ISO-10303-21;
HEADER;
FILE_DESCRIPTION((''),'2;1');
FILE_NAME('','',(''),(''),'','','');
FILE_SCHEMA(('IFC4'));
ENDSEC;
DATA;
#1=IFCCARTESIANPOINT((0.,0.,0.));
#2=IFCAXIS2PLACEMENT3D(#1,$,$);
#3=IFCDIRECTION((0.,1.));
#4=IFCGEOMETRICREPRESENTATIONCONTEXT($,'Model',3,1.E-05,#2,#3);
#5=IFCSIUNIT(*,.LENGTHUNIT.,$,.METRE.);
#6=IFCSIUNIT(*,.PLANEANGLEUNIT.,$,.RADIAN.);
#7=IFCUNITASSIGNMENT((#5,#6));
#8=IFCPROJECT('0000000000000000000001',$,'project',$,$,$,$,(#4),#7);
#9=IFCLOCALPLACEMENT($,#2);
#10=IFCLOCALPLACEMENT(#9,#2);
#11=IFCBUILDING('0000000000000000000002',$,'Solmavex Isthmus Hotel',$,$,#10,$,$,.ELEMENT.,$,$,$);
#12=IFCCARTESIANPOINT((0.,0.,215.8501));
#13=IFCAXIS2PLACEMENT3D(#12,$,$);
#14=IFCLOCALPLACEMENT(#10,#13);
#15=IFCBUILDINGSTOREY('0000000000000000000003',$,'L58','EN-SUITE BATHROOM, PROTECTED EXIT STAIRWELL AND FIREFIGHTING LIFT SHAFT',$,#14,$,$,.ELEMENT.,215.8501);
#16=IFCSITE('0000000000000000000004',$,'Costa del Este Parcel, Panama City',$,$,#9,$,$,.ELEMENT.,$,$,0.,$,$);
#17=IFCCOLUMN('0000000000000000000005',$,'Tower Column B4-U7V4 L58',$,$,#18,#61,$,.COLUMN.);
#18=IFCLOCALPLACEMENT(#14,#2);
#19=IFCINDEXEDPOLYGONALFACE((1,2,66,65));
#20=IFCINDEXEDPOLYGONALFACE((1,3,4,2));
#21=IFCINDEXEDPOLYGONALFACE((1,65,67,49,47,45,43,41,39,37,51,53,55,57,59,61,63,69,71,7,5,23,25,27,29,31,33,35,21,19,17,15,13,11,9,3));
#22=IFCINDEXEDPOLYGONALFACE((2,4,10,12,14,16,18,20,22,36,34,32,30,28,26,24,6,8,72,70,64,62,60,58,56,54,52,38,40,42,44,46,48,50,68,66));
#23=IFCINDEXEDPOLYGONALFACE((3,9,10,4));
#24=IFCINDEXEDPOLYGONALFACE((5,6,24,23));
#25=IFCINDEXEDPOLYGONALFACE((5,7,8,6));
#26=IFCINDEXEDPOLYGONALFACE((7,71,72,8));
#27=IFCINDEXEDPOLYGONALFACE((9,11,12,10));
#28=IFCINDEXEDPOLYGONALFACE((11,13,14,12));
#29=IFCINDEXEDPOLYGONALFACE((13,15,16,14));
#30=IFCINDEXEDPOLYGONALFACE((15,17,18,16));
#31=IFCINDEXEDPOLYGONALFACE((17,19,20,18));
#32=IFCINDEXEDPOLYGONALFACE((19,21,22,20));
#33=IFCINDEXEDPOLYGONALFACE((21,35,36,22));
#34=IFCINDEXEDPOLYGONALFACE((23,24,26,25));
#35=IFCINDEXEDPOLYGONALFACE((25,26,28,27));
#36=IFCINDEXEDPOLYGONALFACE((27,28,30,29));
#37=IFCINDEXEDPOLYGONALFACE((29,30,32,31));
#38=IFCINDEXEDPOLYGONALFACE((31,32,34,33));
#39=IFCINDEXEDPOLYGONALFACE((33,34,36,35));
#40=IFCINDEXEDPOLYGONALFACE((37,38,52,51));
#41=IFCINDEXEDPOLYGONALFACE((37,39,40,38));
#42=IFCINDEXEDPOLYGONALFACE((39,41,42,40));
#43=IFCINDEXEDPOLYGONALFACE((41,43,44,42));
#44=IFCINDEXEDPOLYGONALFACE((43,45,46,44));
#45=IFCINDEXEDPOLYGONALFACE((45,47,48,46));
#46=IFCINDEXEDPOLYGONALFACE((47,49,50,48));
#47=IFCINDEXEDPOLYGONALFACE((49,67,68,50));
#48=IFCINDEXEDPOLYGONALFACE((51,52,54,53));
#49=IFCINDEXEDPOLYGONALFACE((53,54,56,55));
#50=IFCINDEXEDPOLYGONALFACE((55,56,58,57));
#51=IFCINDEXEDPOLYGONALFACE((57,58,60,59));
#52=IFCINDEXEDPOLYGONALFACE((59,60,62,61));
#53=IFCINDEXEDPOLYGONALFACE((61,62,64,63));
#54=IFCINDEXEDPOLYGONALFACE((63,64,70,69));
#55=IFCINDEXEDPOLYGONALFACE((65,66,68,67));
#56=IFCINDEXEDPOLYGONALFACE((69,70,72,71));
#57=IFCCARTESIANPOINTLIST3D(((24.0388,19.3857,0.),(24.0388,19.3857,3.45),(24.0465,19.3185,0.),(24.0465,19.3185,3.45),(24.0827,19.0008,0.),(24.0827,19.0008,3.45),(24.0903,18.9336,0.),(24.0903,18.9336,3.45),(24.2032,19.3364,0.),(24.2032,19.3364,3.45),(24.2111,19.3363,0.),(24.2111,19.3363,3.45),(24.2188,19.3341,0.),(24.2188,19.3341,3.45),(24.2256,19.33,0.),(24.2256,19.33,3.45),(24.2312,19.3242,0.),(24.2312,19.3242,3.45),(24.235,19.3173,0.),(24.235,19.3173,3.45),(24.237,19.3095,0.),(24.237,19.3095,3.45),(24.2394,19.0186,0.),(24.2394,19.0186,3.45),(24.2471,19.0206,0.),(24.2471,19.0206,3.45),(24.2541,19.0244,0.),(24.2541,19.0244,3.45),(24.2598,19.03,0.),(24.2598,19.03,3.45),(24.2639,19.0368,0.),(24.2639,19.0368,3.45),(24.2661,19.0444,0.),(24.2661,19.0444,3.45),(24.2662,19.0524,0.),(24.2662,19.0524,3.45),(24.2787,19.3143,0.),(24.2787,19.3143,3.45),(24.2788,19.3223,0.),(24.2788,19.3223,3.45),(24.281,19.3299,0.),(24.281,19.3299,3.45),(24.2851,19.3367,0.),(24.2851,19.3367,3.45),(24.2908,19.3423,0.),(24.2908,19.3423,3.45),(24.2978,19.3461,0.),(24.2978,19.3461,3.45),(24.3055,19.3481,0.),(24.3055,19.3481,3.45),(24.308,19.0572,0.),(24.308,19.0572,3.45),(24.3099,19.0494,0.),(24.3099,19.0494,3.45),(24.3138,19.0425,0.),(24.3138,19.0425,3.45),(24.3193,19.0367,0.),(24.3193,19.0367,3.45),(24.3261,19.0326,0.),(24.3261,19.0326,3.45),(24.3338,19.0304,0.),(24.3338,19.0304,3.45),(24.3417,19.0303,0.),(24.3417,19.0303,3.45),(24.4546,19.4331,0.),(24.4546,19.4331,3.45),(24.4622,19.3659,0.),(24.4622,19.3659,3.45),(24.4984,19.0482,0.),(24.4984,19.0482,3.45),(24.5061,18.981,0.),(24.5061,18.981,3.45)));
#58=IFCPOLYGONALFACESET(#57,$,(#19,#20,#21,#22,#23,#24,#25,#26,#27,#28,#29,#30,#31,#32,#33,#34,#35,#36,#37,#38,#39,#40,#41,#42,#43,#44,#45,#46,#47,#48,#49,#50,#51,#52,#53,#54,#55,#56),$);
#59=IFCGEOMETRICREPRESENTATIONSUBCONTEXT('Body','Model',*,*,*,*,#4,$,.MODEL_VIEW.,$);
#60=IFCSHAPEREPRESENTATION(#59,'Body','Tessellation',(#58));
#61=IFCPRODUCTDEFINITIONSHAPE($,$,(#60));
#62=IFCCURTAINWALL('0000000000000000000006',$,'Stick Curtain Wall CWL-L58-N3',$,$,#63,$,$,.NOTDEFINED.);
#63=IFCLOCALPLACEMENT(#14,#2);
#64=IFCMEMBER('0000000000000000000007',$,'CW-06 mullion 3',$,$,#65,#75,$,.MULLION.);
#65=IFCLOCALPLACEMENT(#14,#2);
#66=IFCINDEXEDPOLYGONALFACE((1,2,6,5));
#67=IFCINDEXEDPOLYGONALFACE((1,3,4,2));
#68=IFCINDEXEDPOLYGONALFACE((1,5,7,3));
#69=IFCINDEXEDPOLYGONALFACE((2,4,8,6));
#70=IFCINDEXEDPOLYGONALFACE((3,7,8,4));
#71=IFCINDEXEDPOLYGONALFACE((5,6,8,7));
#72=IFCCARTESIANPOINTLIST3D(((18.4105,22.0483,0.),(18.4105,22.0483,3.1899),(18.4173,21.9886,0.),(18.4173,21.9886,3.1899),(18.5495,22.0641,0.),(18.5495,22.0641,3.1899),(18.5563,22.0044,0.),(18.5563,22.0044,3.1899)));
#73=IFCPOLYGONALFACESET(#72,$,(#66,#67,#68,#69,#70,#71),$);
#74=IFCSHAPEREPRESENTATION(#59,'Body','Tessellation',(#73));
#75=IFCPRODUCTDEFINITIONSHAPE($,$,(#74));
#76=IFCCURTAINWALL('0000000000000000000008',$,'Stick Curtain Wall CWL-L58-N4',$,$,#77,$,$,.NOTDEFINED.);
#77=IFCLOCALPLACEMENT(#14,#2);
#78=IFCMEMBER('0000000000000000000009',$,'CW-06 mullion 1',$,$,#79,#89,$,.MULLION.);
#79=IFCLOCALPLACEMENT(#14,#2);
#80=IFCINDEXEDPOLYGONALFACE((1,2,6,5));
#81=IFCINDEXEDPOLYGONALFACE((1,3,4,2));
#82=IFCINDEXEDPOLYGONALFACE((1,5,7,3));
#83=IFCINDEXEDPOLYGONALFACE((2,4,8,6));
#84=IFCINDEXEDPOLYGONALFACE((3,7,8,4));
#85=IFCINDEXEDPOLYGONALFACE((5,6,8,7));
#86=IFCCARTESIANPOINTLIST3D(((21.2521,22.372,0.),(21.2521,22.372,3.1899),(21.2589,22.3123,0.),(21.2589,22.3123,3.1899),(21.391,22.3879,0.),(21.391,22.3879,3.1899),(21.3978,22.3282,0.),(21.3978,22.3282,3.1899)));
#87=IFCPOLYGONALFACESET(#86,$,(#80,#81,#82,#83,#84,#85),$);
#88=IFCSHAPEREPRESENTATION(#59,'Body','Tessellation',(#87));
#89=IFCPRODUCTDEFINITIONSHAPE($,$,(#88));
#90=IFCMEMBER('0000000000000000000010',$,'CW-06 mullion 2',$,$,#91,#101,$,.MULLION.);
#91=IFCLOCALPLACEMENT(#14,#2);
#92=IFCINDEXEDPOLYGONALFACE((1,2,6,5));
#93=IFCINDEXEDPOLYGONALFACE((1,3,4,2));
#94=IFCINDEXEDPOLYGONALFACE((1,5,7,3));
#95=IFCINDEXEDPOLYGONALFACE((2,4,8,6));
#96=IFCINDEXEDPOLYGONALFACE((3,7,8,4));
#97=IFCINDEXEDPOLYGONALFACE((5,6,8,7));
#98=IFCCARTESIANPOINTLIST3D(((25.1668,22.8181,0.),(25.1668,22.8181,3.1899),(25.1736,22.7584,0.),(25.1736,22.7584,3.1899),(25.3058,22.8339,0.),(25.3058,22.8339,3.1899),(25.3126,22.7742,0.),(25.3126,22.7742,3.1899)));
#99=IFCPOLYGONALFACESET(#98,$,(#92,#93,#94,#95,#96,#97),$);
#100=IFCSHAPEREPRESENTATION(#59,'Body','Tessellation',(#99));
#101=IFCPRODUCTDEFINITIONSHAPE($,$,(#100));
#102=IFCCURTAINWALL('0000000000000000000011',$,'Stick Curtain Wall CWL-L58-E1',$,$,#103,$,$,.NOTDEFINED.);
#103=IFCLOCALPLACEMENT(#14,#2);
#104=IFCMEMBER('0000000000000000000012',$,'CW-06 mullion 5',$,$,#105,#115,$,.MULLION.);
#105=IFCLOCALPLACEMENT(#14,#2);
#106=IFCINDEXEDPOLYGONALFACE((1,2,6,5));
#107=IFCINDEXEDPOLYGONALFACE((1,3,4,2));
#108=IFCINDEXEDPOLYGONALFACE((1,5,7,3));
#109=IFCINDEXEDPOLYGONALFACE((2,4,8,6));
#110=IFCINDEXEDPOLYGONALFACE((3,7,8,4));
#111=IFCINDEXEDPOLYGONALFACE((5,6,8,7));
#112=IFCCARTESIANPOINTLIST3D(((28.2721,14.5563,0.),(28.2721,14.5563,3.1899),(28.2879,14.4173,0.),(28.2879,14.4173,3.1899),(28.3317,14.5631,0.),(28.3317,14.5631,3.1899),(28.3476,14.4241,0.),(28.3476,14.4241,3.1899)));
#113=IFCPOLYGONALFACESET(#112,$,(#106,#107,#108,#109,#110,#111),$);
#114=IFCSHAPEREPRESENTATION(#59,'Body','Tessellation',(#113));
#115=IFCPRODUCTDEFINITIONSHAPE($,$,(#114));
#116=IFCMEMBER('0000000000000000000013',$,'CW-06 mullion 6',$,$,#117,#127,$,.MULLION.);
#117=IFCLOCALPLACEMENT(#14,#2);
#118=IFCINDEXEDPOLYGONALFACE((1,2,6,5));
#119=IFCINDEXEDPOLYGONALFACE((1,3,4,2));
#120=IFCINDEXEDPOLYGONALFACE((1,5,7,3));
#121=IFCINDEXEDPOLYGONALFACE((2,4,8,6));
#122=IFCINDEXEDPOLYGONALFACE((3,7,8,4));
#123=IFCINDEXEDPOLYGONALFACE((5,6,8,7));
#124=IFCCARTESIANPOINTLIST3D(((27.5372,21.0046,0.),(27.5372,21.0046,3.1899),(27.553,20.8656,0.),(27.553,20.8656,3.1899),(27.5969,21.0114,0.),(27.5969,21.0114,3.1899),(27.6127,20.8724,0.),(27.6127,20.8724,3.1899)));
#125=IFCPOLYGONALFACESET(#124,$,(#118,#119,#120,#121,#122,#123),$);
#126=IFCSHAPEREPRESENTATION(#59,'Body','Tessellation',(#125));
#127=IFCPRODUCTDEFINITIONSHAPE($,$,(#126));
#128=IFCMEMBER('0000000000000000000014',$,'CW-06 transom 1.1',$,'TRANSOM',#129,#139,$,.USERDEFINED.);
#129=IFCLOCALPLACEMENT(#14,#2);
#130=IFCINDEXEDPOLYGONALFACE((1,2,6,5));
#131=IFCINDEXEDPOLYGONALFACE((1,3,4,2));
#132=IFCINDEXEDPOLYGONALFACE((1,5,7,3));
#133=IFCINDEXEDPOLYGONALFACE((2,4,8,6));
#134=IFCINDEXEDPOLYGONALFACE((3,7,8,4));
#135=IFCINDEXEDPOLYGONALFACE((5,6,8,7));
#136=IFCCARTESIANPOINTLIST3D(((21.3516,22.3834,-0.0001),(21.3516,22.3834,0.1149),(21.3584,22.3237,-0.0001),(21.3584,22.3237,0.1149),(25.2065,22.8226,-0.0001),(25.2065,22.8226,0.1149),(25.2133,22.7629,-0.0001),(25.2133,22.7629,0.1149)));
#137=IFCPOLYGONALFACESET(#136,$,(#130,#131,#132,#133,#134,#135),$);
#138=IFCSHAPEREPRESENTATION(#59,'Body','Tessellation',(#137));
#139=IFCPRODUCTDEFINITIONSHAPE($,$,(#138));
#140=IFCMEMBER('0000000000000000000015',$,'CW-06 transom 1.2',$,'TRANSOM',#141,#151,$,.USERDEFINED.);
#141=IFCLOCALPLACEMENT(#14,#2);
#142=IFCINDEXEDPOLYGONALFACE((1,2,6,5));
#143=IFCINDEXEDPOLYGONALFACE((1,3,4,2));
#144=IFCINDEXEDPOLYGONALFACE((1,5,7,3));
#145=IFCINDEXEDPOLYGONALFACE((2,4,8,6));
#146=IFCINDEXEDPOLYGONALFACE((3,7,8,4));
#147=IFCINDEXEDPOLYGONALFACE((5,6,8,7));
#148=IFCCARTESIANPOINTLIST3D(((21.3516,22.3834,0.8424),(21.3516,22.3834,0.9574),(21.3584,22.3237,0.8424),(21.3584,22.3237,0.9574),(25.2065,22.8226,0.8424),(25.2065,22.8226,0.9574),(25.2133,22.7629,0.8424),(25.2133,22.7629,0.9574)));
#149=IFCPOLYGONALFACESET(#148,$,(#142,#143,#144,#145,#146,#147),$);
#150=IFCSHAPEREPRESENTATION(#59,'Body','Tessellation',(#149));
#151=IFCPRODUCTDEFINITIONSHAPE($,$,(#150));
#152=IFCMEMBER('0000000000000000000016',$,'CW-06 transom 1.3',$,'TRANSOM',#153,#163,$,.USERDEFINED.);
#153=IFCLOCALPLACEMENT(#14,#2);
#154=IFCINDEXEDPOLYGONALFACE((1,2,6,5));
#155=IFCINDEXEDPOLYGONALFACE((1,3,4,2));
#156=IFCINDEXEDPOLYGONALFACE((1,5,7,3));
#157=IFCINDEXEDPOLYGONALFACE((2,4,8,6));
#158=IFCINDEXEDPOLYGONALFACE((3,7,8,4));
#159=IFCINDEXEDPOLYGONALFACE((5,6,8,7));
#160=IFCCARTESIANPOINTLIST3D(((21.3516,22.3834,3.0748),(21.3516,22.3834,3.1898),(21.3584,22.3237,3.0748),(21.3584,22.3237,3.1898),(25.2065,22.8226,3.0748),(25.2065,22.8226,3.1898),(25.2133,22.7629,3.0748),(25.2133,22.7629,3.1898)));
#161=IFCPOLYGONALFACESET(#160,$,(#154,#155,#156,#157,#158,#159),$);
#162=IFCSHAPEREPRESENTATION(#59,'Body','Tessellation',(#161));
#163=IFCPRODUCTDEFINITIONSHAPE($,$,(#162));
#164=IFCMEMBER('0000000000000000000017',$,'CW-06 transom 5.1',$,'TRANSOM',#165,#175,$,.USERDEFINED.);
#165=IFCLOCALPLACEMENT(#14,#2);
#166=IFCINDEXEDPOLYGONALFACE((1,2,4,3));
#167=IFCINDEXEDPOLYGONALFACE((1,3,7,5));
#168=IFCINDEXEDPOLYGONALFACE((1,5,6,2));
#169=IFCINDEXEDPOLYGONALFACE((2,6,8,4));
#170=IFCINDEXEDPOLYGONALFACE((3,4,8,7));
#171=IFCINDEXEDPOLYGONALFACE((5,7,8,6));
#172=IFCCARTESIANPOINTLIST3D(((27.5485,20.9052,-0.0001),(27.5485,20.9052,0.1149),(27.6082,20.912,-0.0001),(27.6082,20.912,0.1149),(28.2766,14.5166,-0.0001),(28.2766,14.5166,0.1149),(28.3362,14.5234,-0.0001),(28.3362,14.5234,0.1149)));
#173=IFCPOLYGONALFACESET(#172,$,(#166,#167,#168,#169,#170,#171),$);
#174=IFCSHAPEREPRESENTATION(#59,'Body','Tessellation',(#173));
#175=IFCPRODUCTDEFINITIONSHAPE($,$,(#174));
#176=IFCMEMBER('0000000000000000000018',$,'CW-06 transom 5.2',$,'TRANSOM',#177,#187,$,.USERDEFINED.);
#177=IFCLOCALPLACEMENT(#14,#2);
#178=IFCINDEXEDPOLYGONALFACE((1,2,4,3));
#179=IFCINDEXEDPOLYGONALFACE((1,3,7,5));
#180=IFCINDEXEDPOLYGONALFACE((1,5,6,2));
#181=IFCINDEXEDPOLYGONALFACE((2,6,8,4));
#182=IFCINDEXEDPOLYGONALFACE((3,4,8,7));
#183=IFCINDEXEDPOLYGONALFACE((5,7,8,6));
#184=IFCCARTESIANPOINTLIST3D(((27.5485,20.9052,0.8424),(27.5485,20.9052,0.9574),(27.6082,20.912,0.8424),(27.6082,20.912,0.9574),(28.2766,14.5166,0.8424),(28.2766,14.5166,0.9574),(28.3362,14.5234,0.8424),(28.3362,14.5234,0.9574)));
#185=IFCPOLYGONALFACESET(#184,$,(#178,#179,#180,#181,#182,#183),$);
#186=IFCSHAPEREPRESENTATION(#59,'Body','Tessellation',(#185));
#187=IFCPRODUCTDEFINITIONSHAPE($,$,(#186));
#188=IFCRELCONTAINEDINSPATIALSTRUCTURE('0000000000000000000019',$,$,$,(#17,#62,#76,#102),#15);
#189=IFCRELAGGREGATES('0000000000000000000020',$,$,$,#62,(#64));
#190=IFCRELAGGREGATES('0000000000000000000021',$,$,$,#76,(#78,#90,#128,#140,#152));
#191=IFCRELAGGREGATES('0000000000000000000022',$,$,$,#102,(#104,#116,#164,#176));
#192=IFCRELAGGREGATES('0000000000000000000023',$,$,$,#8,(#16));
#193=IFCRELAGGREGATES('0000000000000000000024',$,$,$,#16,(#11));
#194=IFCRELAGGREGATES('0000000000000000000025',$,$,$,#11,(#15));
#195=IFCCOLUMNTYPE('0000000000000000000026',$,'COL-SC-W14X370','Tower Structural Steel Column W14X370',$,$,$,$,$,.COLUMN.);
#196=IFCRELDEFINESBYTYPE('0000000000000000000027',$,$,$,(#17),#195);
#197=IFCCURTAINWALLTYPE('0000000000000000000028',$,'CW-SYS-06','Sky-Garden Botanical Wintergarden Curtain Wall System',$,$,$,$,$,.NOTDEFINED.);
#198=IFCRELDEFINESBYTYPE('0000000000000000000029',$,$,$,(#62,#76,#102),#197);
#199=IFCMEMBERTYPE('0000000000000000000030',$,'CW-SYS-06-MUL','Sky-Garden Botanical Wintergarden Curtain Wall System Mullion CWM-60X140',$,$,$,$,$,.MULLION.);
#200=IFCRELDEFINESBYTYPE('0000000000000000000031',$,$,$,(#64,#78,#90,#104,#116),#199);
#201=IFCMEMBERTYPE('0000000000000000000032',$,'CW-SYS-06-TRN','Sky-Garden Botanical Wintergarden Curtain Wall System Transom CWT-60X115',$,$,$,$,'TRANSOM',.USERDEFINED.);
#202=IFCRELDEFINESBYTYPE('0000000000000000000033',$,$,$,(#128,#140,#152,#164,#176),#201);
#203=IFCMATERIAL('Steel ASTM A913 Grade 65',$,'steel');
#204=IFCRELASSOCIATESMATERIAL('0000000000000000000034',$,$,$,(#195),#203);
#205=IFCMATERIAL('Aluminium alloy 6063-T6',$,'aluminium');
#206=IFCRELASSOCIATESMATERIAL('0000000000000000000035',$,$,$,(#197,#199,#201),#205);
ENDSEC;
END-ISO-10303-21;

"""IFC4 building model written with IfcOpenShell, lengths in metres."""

from ifc_helpers import new_model, si_unit, direction, frame, origin, origin_2d, place, context, subcontext, project, spatial, rectangle, i_section, extrude, material, material_profile, profile_set, type_object, element, aggregate, save


model = new_model("IFC4")

# Units and contexts
model_context = context("Model", 3, precision=1e-05, world=origin(), true_north=direction((0.0, 1.0)))
body_context = subcontext(model_context, "Body", "Model", "MODEL_VIEW")
ifc_project = project(units=[si_unit("LENGTHUNIT", "METRE"), si_unit("PLANEANGLEUNIT", "RADIAN")], contexts=[model_context])

# Site, building, storey
site_placement = place(None, origin())
site = spatial("IfcSite", under=ifc_project, at=site_placement, Name="Costa del Este Parcel, Panama City", CompositionType="ELEMENT", RefElevation=0.0)
building_placement = place(site_placement, origin())
building = spatial("IfcBuilding", under=site, at=building_placement, Name="Solmavex Isthmus Hotel", CompositionType="ELEMENT")
storey_placement = place(building_placement, frame((0.0, 0.0, 215.8501)))
storey = spatial("IfcBuildingStorey", under=building, at=storey_placement, Name="L58", Description="EN-SUITE BATHROOM, PROTECTED EXIT STAIRWELL AND FIREFIGHTING LIFT SHAFT", CompositionType="ELEMENT", Elevation=215.8501)

# Column
ifc_material_1 = material(Name="Steel ASTM A913 Grade 65", Category="steel")
ifc_material_profile_1 = material_profile(ifc_material_1, i_section(OverallWidth=0.4185, OverallDepth=0.4551, WebThickness=0.042, FlangeThickness=0.0676, FilletRadius=0.0305, at=origin_2d()), Name="W14X370")
ifc_profile_set_1 = profile_set([ifc_material_profile_1], Name="Steel ASTM A913 Grade 65")
column_type = type_object("IfcColumnType", Name="COL-SC-W14X370", Description="Tower Structural Steel Column W14X370", PredefinedType="COLUMN", material=ifc_profile_set_1)
column_placement = place(storey_placement, frame((24.2725, 19.1833, 0.0), z_axis=(0.0, 0.0, 1.0), x_axis=(0.993572, 0.113203, 0.0)))
element("IfcColumn", 1, at=column_placement, inside=storey, type_object=column_type, Name="Tower Column B4-U7V4 L58", PredefinedType="COLUMN", context=body_context, shape_type="SweptSolid", body=[
    extrude(i_section(OverallWidth=0.4185, OverallDepth=0.4551, WebThickness=0.042, FlangeThickness=0.0676, FilletRadius=0.0305, at=origin_2d()), origin(), (0.0, 0.0, 1.0), 3.45),
])

# Curtain wall, member
ifc_material_2 = material(Name="Aluminium alloy 6063-T6", Category="aluminium")
curtain_wall_type = type_object("IfcCurtainWallType", Name="CW-SYS-06", Description="Sky-Garden Botanical Wintergarden Curtain Wall System", PredefinedType="NOTDEFINED", material=ifc_material_2)
curtain_wall_1_placement = place(storey_placement, origin())
curtain_wall_1 = element("IfcCurtainWall", 2, at=curtain_wall_1_placement, inside=storey, type_object=curtain_wall_type, Name="Stick Curtain Wall CWL-L58-N3", PredefinedType="NOTDEFINED")
ifc_material_profile_2 = material_profile(ifc_material_2, rectangle(XDim=0.0601, YDim=0.1399, at=origin_2d()), Name="CWM-60X140")
ifc_profile_set_2 = profile_set([ifc_material_profile_2], Name="Aluminium alloy 6063-T6")
member_type_1 = type_object("IfcMemberType", Name="CW-SYS-06-MUL", Description="Sky-Garden Botanical Wintergarden Curtain Wall System Mullion CWM-60X140", PredefinedType="MULLION", material=ifc_profile_set_2)
member_1_placement = place(storey_placement, frame((18.4834, 22.0264, 0.0), z_axis=(0.0, 0.0, 1.0), x_axis=(-0.113203, 0.993572, 0.0)))
member_1 = element("IfcMember", 3, at=member_1_placement, type_object=member_type_1, Name="CW-06 mullion 3", PredefinedType="MULLION", context=body_context, shape_type="SweptSolid", body=[
    extrude(rectangle(XDim=0.0601, YDim=0.1399, at=origin_2d()), origin(), (0.0, 0.0, 1.0), 3.1899),
])
aggregate(curtain_wall_1, [member_1])

# Curtain walls, members
curtain_wall_2_placement = place(storey_placement, origin())
curtain_wall_2 = element("IfcCurtainWall", 4, at=curtain_wall_2_placement, inside=storey, type_object=curtain_wall_type, Name="Stick Curtain Wall CWL-L58-N4", PredefinedType="NOTDEFINED")
member_2_placement = place(storey_placement, frame((21.325, 22.3501, 0.0), z_axis=(0.0, 0.0, 1.0), x_axis=(-0.113205, 0.993572, 0.0)))
member_2 = element("IfcMember", 5, at=member_2_placement, type_object=member_type_1, Name="CW-06 mullion 1", PredefinedType="MULLION", context=body_context, shape_type="SweptSolid", body=[
    extrude(rectangle(XDim=0.0601, YDim=0.1399, at=origin_2d()), origin(), (0.0, 0.0, 1.0), 3.1899),
])
member_3_placement = place(storey_placement, frame((25.2397, 22.7961, 0.0), z_axis=(0.0, 0.0, 1.0), x_axis=(-0.113205, 0.993572, 0.0)))
member_3 = element("IfcMember", 6, at=member_3_placement, type_object=member_type_1, Name="CW-06 mullion 2", PredefinedType="MULLION", context=body_context, shape_type="SweptSolid", body=[
    extrude(rectangle(XDim=0.0601, YDim=0.1399, at=origin_2d()), origin(), (0.0, 0.0, 1.0), 3.1899),
])
curtain_wall_3_placement = place(storey_placement, origin())
curtain_wall_3 = element("IfcCurtainWall", 7, at=curtain_wall_3_placement, inside=storey, type_object=curtain_wall_type, Name="Stick Curtain Wall CWL-L58-E1", PredefinedType="NOTDEFINED")
member_4_placement = place(storey_placement, frame((28.3098, 14.4902, 0.0), z_axis=(0.0, 0.0, 1.0), x_axis=(-0.993572, -0.113203, 0.0)))
member_4 = element("IfcMember", 8, at=member_4_placement, type_object=member_type_1, Name="CW-06 mullion 5", PredefinedType="MULLION", context=body_context, shape_type="SweptSolid", body=[
    extrude(rectangle(XDim=0.0601, YDim=0.1399, at=origin_2d()), origin(), (0.0, 0.0, 1.0), 3.1899),
])
member_5_placement = place(storey_placement, frame((27.575, 20.9385, 0.0), z_axis=(0.0, 0.0, 1.0), x_axis=(-0.993572, -0.113203, 0.0)))
member_5 = element("IfcMember", 9, at=member_5_placement, type_object=member_type_1, Name="CW-06 mullion 6", PredefinedType="MULLION", context=body_context, shape_type="SweptSolid", body=[
    extrude(rectangle(XDim=0.0601, YDim=0.1399, at=origin_2d()), origin(), (0.0, 0.0, 1.0), 3.1899),
])

# Members
ifc_material_profile_3 = material_profile(ifc_material_2, rectangle(XDim=0.0601, YDim=0.115, at=origin_2d()), Name="CWT-60X115")
ifc_profile_set_3 = profile_set([ifc_material_profile_3], Name="Aluminium alloy 6063-T6")
member_type_2 = type_object("IfcMemberType", Name="CW-SYS-06-TRN", Description="Sky-Garden Botanical Wintergarden Curtain Wall System Transom CWT-60X115", ElementType="TRANSOM", PredefinedType="USERDEFINED", material=ifc_profile_set_3)
member_6_placement = place(storey_placement, frame((21.355, 22.3535, 0.0574), z_axis=(0.993572, 0.113201, 0.0), x_axis=(-0.113201, 0.993572, 0.0)))
member_6 = element("IfcMember", 10, at=member_6_placement, type_object=member_type_2, Name="CW-06 transom 1.1", ObjectType="TRANSOM", PredefinedType="USERDEFINED", context=body_context, shape_type="SweptSolid", body=[
    extrude(rectangle(XDim=0.0601, YDim=0.115, at=origin_2d()), origin(), (0.0, 0.0, 1.0), 3.8799),
])
member_7_placement = place(storey_placement, frame((21.355, 22.3535, 0.8999), z_axis=(0.993572, 0.113201, 0.0), x_axis=(-0.113201, 0.993572, 0.0)))
member_7 = element("IfcMember", 11, at=member_7_placement, type_object=member_type_2, Name="CW-06 transom 1.2", ObjectType="TRANSOM", PredefinedType="USERDEFINED", context=body_context, shape_type="SweptSolid", body=[
    extrude(rectangle(XDim=0.0601, YDim=0.115, at=origin_2d()), origin(), (0.0, 0.0, 1.0), 3.8799),
])
member_8_placement = place(storey_placement, frame((21.355, 22.3535, 3.1323), z_axis=(0.993572, 0.113201, 0.0), x_axis=(-0.113201, 0.993572, 0.0)))
member_8 = element("IfcMember", 12, at=member_8_placement, type_object=member_type_2, Name="CW-06 transom 1.3", ObjectType="TRANSOM", PredefinedType="USERDEFINED", context=body_context, shape_type="SweptSolid", body=[
    extrude(rectangle(XDim=0.0601, YDim=0.115, at=origin_2d()), origin(), (0.0, 0.0, 1.0), 3.8799),
])
member_9_placement = place(storey_placement, frame((28.3064, 14.52, 0.0574), z_axis=(-0.113223, 0.99357, 0.0), x_axis=(-0.99357, -0.113223, 0.0)))
member_9 = element("IfcMember", 13, at=member_9_placement, type_object=member_type_2, Name="CW-06 transom 5.1", ObjectType="TRANSOM", PredefinedType="USERDEFINED", context=body_context, shape_type="SweptSolid", body=[
    extrude(rectangle(XDim=0.0601, YDim=0.115, at=origin_2d()), origin(), (0.0, 0.0, 1.0), 6.4299),
])
member_10_placement = place(storey_placement, frame((28.3064, 14.52, 0.8999), z_axis=(-0.113223, 0.99357, 0.0), x_axis=(-0.99357, -0.113223, 0.0)))
member_10 = element("IfcMember", 14, at=member_10_placement, type_object=member_type_2, Name="CW-06 transom 5.2", ObjectType="TRANSOM", PredefinedType="USERDEFINED", context=body_context, shape_type="SweptSolid", body=[
    extrude(rectangle(XDim=0.0601, YDim=0.115, at=origin_2d()), origin(), (0.0, 0.0, 1.0), 6.4299),
])

aggregate(curtain_wall_2, [member_2, member_3, member_6, member_7, member_8])
aggregate(curtain_wall_3, [member_4, member_5, member_9, member_10])

save(model, "model.ifc")
